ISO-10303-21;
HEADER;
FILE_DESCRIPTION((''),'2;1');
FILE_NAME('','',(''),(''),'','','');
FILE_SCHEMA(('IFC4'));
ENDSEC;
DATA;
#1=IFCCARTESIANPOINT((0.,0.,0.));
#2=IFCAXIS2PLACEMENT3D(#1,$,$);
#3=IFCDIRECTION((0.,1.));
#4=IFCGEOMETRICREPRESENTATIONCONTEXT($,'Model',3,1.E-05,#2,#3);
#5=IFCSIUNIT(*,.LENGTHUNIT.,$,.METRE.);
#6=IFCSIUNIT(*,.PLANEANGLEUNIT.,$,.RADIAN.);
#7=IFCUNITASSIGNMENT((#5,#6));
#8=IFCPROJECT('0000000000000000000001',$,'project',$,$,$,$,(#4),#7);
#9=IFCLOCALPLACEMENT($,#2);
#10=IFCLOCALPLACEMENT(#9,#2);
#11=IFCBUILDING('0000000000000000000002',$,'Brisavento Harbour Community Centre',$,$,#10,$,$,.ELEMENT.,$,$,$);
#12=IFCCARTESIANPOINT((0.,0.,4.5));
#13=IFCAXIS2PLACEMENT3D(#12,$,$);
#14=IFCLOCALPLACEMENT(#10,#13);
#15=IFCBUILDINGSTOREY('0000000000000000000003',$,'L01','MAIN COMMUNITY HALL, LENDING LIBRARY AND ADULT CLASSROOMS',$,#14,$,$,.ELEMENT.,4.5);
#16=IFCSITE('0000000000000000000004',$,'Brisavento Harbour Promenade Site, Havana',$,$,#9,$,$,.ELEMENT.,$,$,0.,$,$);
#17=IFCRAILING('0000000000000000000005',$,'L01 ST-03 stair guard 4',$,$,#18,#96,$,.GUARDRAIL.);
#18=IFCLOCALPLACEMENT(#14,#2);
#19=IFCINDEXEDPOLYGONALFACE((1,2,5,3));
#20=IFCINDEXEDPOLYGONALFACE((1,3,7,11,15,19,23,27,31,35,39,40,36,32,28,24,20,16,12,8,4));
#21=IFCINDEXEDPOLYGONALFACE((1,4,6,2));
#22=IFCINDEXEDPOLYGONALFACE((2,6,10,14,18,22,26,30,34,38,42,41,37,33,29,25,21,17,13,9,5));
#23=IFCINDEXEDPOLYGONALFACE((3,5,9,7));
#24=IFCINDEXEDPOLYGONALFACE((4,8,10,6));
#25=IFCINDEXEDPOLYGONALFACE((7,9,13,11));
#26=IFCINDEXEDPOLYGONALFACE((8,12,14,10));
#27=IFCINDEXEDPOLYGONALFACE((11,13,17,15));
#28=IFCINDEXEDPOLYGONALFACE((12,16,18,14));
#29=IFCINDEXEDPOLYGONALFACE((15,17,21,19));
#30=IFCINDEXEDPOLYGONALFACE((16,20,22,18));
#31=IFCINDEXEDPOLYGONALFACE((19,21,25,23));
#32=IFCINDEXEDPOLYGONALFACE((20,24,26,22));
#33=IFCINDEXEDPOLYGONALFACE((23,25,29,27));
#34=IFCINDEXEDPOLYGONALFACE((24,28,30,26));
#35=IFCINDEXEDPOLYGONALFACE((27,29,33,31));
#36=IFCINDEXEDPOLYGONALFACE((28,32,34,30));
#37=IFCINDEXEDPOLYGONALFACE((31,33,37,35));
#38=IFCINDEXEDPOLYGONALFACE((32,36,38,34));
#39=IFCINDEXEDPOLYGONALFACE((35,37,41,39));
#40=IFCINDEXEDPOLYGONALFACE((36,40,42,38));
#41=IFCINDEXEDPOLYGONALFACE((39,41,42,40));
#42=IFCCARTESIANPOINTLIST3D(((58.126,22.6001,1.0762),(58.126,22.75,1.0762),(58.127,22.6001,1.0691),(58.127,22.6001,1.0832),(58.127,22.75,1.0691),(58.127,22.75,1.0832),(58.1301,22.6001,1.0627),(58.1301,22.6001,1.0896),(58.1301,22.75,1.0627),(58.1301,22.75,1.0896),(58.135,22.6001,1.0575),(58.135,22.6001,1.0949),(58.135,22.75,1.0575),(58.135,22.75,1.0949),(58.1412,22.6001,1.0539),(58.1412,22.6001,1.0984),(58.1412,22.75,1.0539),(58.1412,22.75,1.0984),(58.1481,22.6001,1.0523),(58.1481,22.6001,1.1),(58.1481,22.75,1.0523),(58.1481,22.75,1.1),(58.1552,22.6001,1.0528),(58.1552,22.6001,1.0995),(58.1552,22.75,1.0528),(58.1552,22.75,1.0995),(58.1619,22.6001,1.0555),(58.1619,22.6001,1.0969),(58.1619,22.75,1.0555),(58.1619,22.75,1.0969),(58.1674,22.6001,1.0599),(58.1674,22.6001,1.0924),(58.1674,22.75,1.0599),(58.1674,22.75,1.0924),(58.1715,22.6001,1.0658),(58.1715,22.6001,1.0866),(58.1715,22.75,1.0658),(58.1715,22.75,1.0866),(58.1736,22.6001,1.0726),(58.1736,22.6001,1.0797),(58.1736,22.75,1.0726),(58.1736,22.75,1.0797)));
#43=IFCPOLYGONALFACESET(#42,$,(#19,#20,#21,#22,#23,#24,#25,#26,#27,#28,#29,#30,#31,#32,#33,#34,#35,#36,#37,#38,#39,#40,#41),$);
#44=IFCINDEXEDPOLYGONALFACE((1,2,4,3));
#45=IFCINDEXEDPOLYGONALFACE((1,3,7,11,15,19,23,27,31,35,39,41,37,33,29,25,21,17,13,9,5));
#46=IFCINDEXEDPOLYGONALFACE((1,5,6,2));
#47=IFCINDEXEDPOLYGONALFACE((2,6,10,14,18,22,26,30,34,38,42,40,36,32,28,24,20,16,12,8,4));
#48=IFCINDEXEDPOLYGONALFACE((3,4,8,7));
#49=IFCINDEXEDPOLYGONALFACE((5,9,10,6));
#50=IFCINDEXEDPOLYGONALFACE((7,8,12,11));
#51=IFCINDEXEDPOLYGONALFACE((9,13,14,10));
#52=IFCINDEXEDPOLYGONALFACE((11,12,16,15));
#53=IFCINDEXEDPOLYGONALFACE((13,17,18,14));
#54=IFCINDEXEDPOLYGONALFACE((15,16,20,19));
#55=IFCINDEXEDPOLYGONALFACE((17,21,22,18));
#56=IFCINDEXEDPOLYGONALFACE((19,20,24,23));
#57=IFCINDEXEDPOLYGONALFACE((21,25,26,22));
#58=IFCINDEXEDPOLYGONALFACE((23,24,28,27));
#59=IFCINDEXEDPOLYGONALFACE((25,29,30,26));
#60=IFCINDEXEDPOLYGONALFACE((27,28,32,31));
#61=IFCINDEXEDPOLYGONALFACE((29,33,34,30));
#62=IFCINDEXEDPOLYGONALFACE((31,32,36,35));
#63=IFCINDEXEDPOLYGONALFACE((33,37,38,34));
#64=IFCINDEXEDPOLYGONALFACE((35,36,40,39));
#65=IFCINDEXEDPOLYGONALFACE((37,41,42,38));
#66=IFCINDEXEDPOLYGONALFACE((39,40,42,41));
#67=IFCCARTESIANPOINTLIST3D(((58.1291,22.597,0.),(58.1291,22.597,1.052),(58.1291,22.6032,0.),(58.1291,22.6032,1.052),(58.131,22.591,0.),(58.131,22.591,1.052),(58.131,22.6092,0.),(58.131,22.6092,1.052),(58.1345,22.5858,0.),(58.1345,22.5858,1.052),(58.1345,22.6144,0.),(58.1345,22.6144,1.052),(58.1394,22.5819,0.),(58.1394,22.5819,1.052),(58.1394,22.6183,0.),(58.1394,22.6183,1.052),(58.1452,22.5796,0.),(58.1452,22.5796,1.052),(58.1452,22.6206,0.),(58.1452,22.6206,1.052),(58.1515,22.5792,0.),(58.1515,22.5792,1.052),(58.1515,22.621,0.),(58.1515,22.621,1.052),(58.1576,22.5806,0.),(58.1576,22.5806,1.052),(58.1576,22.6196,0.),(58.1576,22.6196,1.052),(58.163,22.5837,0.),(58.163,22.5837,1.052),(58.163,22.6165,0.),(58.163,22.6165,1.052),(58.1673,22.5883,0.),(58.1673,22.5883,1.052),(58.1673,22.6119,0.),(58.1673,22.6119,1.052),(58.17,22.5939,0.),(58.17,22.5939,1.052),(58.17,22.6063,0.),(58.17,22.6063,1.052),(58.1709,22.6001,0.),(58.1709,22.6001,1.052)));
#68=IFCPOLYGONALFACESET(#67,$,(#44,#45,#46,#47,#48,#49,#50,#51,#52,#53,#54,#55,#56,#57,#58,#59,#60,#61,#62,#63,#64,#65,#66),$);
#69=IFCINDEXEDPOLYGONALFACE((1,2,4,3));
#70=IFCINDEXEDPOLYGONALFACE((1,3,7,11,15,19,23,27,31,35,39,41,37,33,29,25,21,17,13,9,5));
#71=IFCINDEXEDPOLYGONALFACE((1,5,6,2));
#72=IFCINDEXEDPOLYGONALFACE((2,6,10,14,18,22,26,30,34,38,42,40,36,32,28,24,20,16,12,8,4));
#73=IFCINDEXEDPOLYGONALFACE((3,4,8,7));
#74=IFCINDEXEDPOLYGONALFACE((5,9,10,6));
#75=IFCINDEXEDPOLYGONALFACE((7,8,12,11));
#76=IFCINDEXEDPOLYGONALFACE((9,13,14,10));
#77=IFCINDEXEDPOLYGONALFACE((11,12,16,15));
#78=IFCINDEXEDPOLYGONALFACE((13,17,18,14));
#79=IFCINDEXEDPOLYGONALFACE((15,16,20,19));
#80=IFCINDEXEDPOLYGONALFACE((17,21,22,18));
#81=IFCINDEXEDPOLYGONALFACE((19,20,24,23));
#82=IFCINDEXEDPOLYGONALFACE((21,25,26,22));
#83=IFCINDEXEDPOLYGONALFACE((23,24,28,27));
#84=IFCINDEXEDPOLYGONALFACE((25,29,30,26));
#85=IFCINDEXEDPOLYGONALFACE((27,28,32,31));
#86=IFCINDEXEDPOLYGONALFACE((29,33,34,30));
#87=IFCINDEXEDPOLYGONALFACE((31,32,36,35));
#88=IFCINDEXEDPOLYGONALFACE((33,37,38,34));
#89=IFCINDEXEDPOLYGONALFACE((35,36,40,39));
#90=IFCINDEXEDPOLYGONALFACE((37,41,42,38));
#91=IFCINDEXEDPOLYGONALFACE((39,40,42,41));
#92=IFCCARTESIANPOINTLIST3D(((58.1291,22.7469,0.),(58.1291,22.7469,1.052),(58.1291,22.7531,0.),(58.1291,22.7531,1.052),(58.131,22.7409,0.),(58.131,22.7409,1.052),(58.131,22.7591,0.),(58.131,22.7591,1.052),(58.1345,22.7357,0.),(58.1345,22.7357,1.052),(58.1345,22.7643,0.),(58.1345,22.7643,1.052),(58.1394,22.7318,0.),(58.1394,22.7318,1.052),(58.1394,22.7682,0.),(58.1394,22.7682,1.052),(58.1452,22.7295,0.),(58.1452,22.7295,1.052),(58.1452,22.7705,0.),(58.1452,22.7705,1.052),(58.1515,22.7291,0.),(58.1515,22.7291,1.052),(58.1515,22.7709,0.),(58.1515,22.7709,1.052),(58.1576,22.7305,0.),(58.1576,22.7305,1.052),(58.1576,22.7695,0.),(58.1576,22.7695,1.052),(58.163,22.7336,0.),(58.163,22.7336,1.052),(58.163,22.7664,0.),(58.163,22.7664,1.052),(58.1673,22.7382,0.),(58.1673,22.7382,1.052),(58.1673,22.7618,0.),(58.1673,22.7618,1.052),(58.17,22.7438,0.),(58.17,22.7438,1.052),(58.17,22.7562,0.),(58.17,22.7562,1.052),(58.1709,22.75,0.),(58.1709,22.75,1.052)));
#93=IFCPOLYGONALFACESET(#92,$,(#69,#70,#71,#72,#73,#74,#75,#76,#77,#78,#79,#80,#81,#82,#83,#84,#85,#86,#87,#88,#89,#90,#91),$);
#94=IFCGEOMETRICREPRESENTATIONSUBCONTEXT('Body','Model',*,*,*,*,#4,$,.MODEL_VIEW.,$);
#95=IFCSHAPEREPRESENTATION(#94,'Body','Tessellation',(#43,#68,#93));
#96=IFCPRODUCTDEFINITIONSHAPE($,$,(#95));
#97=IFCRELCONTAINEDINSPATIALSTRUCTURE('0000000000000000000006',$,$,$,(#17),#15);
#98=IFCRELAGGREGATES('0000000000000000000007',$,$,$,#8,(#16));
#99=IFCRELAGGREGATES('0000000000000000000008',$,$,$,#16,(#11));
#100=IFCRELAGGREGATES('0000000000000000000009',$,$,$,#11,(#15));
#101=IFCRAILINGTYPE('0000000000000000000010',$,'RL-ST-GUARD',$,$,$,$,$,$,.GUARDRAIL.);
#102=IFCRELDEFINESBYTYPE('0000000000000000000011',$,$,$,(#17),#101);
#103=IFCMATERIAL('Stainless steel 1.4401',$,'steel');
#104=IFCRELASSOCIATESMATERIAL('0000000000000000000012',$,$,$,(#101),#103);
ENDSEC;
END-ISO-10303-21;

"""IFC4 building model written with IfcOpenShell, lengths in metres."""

from ifc_helpers import new_model, si_unit, direction, frame, origin, origin_2d, place, context, subcontext, project, spatial, circle, extrude, material, type_object, element, save


model = new_model("IFC4")

# Units and contexts
model_context = context("Model", 3, precision=1e-05, world=origin(), true_north=direction((0.0, 1.0)))
body_context = subcontext(model_context, "Body", "Model", "MODEL_VIEW")
ifc_project = project(units=[si_unit("LENGTHUNIT", "METRE"), si_unit("PLANEANGLEUNIT", "RADIAN")], contexts=[model_context])

# Site, building, storey
site_placement = place(None, origin())
site = spatial("IfcSite", under=ifc_project, at=site_placement, Name="Brisavento Harbour Promenade Site, Havana", CompositionType="ELEMENT", RefElevation=0.0)
building_placement = place(site_placement, origin())
building = spatial("IfcBuilding", under=site, at=building_placement, Name="Brisavento Harbour Community Centre", CompositionType="ELEMENT")
storey_placement = place(building_placement, frame((0.0, 0.0, 4.5)))
storey = spatial("IfcBuildingStorey", under=building, at=storey_placement, Name="L01", Description="MAIN COMMUNITY HALL, LENDING LIBRARY AND ADULT CLASSROOMS", CompositionType="ELEMENT", Elevation=4.5)

# Shared definitions
ifc_material_1 = material(Name="Stainless steel 1.4401", Category="steel")

# Railing
railing_type_1 = type_object("IfcRailingType", Name="RL-ST-GUARD", PredefinedType="GUARDRAIL", material=ifc_material_1)
railing_1_placement = place(storey_placement, frame((58.1499, 22.6001, 0.0)))
element("IfcRailing", 1, at=railing_1_placement, inside=storey, type_object=railing_type_1, Name="L01 ST-03 stair guard 4", PredefinedType="GUARDRAIL", context=body_context, shape_type="SweptSolid", body=[
    extrude(circle(Radius=0.0239, at=origin_2d()), frame((0.0, 0.0, 1.0762), z_axis=(0.0, 1.0, 0.0), x_axis=(-1.0, 0.0, 0.0)), (0.0, 0.0, 1.0), 0.1499),
    extrude(circle(Radius=0.021, at=origin_2d()), origin(), (0.0, 0.0, 1.0), 1.052),
    extrude(circle(Radius=0.021, at=origin_2d()), frame((0.0, 0.1499, 0.0)), (0.0, 0.0, 1.0), 1.052),
])

save(model, "model.ifc")
